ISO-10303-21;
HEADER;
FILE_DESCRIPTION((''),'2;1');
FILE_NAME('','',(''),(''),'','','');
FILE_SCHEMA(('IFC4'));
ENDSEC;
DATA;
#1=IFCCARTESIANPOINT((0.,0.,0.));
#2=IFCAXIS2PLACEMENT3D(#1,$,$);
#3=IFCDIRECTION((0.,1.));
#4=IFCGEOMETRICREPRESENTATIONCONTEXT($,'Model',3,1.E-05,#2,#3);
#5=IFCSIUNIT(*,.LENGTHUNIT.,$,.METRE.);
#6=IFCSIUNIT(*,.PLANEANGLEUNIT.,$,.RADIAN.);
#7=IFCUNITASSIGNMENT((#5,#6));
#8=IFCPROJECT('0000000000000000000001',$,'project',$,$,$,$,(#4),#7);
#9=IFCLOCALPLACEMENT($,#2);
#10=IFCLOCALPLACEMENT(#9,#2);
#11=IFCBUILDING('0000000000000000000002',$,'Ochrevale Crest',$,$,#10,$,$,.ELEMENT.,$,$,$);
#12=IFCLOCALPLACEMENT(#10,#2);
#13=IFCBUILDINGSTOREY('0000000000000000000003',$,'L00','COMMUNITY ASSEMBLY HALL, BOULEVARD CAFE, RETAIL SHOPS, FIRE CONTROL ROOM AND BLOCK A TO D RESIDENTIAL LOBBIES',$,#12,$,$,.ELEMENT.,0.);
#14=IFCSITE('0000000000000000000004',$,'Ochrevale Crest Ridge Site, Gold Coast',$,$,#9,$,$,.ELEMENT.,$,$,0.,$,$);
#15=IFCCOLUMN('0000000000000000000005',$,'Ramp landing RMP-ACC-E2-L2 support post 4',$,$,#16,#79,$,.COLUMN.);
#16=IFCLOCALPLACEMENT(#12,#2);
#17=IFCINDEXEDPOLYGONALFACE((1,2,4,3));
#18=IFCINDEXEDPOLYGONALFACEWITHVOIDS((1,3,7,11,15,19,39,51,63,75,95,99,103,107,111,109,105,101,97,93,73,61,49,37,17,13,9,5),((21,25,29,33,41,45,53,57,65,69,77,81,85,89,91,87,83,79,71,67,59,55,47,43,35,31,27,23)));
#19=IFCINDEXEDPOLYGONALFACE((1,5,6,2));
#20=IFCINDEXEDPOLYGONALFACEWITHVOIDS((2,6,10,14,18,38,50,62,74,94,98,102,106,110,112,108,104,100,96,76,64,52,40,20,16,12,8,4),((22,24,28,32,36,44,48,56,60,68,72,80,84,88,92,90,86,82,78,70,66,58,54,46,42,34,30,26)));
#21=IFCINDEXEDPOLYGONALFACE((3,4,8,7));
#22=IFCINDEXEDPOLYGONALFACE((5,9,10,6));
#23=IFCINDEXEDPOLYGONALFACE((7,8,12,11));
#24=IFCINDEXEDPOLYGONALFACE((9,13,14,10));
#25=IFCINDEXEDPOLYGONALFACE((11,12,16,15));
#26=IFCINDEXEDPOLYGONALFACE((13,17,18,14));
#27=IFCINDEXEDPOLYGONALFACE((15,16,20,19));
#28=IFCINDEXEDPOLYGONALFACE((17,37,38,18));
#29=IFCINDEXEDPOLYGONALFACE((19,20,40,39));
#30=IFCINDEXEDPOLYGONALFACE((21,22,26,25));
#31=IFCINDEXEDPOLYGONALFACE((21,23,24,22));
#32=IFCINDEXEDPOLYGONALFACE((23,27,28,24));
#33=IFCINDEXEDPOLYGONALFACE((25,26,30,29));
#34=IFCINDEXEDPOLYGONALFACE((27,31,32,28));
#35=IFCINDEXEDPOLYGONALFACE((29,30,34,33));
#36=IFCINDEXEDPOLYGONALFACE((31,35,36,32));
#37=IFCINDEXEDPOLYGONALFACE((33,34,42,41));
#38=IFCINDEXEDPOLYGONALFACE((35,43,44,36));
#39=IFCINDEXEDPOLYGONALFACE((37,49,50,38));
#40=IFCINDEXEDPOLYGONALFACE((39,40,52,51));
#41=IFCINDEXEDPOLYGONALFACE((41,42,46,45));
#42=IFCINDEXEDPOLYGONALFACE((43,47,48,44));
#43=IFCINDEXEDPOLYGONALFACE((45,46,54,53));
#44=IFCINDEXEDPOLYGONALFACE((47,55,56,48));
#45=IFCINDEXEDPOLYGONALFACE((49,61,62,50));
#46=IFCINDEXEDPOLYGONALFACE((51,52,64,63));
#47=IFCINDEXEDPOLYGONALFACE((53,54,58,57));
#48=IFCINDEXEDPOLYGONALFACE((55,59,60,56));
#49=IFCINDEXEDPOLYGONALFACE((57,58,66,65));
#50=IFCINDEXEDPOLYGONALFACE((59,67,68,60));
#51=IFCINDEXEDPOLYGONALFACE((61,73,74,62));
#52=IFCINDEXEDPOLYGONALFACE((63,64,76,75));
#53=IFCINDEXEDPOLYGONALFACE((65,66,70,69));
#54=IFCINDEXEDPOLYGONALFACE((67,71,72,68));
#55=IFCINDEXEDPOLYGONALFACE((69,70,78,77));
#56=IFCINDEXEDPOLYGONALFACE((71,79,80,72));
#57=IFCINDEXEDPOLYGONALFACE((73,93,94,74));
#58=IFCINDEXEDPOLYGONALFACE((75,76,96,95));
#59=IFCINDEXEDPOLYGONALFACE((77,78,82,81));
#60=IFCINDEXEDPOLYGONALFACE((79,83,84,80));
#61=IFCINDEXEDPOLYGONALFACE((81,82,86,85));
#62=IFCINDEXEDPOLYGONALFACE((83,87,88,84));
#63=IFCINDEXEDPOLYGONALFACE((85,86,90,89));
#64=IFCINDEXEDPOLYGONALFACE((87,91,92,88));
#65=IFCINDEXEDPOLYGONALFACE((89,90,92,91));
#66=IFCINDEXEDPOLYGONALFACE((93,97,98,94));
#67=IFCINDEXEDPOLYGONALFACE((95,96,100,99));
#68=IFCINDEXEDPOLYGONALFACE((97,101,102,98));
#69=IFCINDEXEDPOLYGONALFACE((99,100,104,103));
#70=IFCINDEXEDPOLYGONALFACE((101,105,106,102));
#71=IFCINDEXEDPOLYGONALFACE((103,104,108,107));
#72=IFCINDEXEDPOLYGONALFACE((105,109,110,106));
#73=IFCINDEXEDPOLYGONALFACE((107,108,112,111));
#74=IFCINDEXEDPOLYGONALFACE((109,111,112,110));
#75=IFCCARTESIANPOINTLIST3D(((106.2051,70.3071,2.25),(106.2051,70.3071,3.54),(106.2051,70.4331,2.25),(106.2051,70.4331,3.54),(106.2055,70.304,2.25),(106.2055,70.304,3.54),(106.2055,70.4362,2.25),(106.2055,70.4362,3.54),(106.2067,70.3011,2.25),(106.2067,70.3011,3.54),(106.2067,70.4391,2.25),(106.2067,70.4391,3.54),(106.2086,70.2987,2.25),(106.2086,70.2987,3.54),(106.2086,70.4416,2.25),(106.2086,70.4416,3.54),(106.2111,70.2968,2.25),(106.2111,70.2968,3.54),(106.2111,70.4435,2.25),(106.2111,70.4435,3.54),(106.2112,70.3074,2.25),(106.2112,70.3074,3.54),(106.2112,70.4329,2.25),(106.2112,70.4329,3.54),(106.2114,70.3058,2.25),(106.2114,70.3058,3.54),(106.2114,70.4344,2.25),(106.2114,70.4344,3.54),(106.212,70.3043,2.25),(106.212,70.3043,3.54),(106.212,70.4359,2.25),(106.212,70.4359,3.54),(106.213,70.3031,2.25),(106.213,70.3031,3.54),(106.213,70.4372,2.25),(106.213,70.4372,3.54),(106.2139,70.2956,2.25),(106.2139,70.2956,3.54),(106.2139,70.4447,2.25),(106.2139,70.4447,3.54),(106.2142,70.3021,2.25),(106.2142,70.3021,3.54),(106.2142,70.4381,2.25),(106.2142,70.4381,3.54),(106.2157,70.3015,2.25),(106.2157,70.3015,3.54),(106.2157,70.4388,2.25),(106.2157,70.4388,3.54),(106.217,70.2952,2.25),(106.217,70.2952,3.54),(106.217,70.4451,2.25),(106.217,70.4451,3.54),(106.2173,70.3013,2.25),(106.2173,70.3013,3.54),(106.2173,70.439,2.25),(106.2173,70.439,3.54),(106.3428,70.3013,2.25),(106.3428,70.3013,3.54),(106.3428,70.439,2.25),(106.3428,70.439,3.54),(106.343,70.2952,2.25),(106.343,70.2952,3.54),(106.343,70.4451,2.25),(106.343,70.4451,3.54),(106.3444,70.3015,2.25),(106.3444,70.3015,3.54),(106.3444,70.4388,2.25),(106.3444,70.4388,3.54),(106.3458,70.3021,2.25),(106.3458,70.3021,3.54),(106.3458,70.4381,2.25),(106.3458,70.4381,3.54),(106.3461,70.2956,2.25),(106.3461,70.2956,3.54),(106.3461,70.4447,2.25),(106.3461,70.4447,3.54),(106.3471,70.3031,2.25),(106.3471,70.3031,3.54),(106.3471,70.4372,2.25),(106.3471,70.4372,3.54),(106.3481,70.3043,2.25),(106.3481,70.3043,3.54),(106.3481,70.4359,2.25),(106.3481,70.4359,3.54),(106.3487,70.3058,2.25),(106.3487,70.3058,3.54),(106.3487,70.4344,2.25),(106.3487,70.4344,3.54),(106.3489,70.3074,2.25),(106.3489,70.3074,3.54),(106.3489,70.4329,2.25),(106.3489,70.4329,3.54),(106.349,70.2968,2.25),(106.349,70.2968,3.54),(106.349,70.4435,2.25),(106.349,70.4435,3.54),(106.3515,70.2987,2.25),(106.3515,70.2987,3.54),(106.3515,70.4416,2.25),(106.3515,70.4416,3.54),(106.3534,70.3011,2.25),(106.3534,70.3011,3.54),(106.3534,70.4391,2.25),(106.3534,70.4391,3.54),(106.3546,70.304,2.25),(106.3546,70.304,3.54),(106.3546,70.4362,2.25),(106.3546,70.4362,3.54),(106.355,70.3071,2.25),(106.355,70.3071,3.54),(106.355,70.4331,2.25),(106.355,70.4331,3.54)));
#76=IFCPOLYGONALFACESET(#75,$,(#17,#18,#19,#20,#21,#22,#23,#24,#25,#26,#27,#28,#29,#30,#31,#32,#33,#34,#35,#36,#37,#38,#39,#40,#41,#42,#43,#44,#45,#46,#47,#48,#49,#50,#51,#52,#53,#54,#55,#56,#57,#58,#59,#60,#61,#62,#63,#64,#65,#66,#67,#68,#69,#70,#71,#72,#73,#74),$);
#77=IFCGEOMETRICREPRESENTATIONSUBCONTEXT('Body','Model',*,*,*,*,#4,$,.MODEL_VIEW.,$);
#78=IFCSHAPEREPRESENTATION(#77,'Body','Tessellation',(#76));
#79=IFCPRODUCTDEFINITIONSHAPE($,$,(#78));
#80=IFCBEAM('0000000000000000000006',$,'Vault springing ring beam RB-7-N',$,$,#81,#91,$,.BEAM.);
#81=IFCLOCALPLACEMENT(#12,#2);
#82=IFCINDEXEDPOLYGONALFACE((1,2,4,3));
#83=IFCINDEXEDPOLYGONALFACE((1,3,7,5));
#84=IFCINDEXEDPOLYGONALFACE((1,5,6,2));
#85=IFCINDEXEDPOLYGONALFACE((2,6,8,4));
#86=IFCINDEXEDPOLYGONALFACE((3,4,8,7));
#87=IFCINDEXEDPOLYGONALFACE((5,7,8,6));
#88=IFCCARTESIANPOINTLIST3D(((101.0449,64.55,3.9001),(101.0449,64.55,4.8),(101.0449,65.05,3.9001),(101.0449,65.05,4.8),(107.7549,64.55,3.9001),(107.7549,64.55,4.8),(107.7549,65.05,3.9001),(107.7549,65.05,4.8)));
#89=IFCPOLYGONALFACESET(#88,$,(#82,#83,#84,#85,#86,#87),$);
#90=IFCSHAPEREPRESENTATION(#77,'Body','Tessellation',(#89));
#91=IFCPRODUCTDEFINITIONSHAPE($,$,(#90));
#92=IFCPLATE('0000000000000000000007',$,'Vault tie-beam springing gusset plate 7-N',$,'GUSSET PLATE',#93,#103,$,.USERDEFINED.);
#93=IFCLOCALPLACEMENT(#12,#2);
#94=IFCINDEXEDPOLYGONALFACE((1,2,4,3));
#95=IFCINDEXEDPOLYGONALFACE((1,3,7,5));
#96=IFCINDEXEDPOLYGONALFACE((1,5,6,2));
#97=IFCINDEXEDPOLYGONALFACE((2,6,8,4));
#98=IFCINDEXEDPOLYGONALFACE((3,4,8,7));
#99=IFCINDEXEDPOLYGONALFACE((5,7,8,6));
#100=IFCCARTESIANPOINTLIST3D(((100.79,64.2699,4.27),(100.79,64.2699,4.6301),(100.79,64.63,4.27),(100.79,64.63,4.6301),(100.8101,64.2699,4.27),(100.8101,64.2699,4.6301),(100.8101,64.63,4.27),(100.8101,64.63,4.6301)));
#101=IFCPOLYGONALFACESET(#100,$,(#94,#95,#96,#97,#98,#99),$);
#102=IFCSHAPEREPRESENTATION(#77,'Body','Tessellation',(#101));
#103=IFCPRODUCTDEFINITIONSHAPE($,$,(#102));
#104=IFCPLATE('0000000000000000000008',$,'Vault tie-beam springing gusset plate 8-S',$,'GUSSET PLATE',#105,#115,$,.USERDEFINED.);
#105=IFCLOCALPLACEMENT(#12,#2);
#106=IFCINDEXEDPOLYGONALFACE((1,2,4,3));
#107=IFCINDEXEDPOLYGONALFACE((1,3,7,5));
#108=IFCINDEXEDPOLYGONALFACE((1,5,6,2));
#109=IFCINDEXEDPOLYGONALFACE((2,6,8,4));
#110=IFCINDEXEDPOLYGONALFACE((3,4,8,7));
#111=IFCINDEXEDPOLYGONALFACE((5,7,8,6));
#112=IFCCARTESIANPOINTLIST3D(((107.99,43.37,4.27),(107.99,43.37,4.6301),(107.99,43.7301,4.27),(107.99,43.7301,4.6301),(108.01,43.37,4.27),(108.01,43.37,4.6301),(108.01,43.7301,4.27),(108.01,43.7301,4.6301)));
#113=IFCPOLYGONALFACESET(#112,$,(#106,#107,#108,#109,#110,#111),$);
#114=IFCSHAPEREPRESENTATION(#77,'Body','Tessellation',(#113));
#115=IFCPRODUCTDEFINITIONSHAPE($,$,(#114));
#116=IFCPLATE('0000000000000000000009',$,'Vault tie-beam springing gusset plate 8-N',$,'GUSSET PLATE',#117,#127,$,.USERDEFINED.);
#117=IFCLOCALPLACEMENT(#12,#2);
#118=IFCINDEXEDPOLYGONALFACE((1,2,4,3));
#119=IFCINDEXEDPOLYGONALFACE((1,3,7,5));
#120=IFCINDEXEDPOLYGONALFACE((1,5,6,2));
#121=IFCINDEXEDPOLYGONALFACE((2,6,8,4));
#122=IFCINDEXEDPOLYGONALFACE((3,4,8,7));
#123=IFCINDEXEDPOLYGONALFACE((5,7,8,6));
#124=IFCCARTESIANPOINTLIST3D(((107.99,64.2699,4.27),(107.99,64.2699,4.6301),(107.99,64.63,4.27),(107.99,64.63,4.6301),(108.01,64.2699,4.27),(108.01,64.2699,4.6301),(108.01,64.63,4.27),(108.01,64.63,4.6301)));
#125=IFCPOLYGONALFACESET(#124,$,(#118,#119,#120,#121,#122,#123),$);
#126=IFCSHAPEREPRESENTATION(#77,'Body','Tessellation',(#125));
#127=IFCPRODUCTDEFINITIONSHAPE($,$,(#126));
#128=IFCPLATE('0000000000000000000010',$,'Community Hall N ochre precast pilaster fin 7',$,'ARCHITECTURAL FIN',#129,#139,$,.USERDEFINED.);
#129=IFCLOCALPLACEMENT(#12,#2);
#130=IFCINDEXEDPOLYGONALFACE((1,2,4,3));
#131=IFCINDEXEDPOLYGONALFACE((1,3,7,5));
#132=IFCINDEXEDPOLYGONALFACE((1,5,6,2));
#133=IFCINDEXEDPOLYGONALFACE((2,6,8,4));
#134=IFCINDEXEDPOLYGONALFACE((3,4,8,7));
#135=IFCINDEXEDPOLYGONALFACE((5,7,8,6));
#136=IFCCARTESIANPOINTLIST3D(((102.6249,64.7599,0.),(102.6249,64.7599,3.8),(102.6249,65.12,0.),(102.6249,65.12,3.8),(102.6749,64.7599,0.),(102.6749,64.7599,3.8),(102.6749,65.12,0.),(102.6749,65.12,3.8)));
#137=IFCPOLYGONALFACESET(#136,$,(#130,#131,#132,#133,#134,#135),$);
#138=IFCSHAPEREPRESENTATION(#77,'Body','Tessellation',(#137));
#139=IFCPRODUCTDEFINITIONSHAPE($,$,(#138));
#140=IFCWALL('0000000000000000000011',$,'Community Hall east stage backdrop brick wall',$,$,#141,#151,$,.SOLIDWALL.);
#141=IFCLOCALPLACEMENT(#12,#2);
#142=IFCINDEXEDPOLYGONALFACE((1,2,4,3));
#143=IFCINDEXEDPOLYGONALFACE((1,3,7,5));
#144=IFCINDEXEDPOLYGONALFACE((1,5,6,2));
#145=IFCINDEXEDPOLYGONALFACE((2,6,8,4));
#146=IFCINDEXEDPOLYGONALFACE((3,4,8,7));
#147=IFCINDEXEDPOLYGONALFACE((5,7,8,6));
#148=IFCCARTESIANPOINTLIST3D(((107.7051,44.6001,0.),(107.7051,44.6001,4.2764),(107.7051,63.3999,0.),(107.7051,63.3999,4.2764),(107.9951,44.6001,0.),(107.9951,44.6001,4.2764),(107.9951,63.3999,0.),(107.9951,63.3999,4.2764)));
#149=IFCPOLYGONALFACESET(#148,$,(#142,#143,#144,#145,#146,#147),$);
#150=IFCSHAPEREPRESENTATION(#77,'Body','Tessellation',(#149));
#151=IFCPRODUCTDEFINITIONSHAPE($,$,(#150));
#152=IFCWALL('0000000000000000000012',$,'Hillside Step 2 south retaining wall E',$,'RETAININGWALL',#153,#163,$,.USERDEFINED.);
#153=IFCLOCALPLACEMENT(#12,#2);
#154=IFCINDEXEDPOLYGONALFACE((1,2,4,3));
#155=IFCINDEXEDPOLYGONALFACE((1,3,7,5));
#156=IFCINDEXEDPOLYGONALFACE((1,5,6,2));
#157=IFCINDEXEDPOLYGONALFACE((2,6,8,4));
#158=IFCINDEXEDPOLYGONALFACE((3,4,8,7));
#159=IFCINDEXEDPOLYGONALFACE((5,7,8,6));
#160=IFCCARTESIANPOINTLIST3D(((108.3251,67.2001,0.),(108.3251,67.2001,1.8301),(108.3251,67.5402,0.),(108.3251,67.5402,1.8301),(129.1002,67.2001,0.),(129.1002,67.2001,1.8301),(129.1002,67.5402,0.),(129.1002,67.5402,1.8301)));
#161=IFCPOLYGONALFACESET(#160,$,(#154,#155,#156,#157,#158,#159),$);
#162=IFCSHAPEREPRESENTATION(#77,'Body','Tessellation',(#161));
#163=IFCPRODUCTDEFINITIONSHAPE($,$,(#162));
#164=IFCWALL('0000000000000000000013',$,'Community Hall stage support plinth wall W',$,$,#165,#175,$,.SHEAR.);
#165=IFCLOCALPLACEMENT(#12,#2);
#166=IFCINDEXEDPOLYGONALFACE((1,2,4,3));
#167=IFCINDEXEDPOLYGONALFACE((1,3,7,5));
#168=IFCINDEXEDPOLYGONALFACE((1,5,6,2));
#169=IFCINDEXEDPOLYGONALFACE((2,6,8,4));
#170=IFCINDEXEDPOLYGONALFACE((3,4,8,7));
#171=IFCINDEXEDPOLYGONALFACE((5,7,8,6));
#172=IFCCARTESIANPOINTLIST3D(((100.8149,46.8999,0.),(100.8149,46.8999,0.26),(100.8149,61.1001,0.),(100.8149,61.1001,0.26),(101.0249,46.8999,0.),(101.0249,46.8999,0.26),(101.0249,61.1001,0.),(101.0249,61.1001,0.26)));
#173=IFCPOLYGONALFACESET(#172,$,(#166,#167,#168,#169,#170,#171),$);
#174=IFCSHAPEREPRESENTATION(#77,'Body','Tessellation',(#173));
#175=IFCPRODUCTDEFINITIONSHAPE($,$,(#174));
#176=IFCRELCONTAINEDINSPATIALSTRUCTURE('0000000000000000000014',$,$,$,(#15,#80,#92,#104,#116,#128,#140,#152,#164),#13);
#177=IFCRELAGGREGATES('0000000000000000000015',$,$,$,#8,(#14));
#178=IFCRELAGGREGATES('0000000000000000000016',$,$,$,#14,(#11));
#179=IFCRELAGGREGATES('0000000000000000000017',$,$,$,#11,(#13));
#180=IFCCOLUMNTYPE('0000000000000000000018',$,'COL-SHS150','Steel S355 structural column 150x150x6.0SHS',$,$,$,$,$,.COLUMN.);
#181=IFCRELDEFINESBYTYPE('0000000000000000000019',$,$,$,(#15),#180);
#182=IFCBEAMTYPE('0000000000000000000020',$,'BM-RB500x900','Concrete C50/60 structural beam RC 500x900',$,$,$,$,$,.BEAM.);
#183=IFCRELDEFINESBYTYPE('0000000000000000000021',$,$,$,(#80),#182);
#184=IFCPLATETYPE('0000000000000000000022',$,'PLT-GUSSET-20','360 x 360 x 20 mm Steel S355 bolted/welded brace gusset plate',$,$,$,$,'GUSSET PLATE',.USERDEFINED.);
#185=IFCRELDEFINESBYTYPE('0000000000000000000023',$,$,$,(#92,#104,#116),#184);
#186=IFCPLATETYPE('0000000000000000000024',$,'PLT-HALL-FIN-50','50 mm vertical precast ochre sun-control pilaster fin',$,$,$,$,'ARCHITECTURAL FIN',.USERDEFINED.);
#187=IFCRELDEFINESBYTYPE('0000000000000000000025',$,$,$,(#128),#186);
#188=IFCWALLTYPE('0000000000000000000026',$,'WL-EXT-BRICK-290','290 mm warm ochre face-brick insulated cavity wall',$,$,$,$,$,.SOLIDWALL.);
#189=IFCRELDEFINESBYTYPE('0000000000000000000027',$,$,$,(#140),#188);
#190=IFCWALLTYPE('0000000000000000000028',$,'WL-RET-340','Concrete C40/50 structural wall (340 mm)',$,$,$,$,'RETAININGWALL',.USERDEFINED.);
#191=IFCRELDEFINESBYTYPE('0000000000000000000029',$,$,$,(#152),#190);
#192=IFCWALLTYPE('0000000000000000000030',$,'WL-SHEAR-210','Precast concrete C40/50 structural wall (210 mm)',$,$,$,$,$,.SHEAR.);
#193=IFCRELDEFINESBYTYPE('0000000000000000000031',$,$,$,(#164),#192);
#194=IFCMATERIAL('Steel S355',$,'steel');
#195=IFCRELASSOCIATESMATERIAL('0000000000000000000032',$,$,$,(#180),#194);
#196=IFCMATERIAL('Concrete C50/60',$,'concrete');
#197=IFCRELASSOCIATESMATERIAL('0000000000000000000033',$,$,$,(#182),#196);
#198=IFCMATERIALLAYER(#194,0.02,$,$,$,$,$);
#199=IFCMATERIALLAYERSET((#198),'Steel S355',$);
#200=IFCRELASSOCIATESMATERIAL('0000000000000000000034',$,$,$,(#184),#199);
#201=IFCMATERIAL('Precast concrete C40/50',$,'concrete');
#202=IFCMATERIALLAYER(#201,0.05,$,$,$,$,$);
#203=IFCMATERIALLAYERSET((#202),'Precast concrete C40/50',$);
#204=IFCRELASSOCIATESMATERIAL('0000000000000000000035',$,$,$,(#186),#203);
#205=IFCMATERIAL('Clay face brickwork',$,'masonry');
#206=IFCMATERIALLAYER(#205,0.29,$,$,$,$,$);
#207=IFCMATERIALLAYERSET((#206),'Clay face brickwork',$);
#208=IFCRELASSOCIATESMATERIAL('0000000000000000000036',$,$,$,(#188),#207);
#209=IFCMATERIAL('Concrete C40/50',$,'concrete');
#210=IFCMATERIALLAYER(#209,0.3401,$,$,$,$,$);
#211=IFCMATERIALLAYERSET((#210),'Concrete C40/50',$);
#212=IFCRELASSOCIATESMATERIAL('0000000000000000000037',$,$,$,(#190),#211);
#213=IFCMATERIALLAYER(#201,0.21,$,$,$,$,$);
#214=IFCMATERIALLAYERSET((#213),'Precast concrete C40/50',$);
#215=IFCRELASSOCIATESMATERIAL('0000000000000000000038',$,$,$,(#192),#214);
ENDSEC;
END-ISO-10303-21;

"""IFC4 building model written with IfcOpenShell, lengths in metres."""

from ifc_helpers import new_model, si_unit, direction, frame, frame_2d, origin, origin_2d, place, context, subcontext, project, spatial, rectangle, hollow_rectangle, extrude, material, layer, layer_set, material_profile, profile_set, type_object, element, save


model = new_model("IFC4")

# Units and contexts
model_context = context("Model", 3, precision=1e-05, world=origin(), true_north=direction((0.0, 1.0)))
body_context = subcontext(model_context, "Body", "Model", "MODEL_VIEW")
ifc_project = project(units=[si_unit("LENGTHUNIT", "METRE"), si_unit("PLANEANGLEUNIT", "RADIAN")], contexts=[model_context])

# Site, building, storey
site_placement = place(None, origin())
site = spatial("IfcSite", under=ifc_project, at=site_placement, Name="Ochrevale Crest Ridge Site, Gold Coast", CompositionType="ELEMENT", RefElevation=0.0)
building_placement = place(site_placement, origin())
building = spatial("IfcBuilding", under=site, at=building_placement, Name="Ochrevale Crest", CompositionType="ELEMENT")
storey_placement = place(building_placement, origin())
storey = spatial("IfcBuildingStorey", under=building, at=storey_placement, Name="L00", Description="COMMUNITY ASSEMBLY HALL, BOULEVARD CAFE, RETAIL SHOPS, FIRE CONTROL ROOM AND BLOCK A TO D RESIDENTIAL LOBBIES", CompositionType="ELEMENT", Elevation=0.0)

# Column
ifc_material_1 = material(Name="Precast concrete C40/50", Category="concrete")
ifc_material_2 = material(Name="Steel S355", Category="steel")
ifc_material_profile_1 = material_profile(ifc_material_2, hollow_rectangle(XDim=0.1499, YDim=0.1499, WallThickness=0.0061, InnerFilletRadius=0.0061, OuterFilletRadius=0.012, at=origin_2d()), Name="150x150x6.0SHS")
ifc_profile_set_1 = profile_set([ifc_material_profile_1], Name="Steel S355")
column_type_1 = type_object("IfcColumnType", Name="COL-SHS150", Description="Steel S355 structural column 150x150x6.0SHS", PredefinedType="COLUMN", material=ifc_profile_set_1)
for number, where, z_axis, x_axis, name in (
    (1, (106.28, 70.3701, 2.25), (0.0, 0.0, 1.0), (1.0, 0.0, 0.0), "Ramp landing RMP-ACC-E2-L2 support post 4"),
):
    element("IfcColumn", number, at=place(storey_placement, frame(where, z_axis=z_axis, x_axis=x_axis)), inside=storey, type_object=column_type_1, Name=name, PredefinedType="COLUMN", context=body_context, shape_type="SweptSolid", body=[
        extrude(hollow_rectangle(XDim=0.1499, YDim=0.1499, WallThickness=0.0061, InnerFilletRadius=0.0061, OuterFilletRadius=0.012, at=origin_2d()), origin(), (0.0, 0.0, 1.0), 1.29),
    ])

# Beam
ifc_material_3 = material(Name="Concrete C50/60", Category="concrete")
ifc_material_profile_2 = material_profile(ifc_material_3, rectangle(XDim=0.5, YDim=0.8999, at=origin_2d()), Name="RC 500x900")
ifc_profile_set_2 = profile_set([ifc_material_profile_2], Name="Concrete C50/60")
beam_type = type_object("IfcBeamType", Name="BM-RB500x900", Description="Concrete C50/60 structural beam RC 500x900", PredefinedType="BEAM", material=ifc_profile_set_2)
beam_placement = place(storey_placement, frame((101.0449, 64.8, 4.3501), z_axis=(1.0, 0.0, 0.0), x_axis=(0.0, 1.0, 0.0)))
element("IfcBeam", 2, at=beam_placement, inside=storey, type_object=beam_type, Name="Vault springing ring beam RB-7-N", PredefinedType="BEAM", context=body_context, shape_type="SweptSolid", body=[
    extrude(rectangle(XDim=0.5, YDim=0.8999, at=origin_2d()), origin(), (0.0, 0.0, 1.0), 6.71),
])

# Plates
ifc_layer_1 = layer(ifc_material_2, 0.02)
ifc_layer_set_1 = layer_set([ifc_layer_1], Name="Steel S355")
plate_type_1 = type_object("IfcPlateType", Name="PLT-GUSSET-20", Description="360 x 360 x 20 mm Steel S355 bolted/welded brace gusset plate", ElementType="GUSSET PLATE", PredefinedType="USERDEFINED", material=ifc_layer_set_1)
for number, where, z_axis, x_axis, name in (
    (3, (100.8, 64.45, 4.27), (0.0, 0.0, 1.0), (1.0, 0.0, 0.0), "Vault tie-beam springing gusset plate 7-N"),
    (4, (108.0, 43.55, 4.27), (0.0, 0.0, 1.0), (1.0, 0.0, 0.0), "Vault tie-beam springing gusset plate 8-S"),
    (5, (108.0, 64.45, 4.27), (0.0, 0.0, 1.0), (1.0, 0.0, 0.0), "Vault tie-beam springing gusset plate 8-N"),
):
    element("IfcPlate", number, at=place(storey_placement, frame(where, z_axis=z_axis, x_axis=x_axis)), inside=storey, type_object=plate_type_1, Name=name, ObjectType="GUSSET PLATE", PredefinedType="USERDEFINED", context=body_context, shape_type="SweptSolid", body=[
        extrude(rectangle(XDim=0.02, YDim=0.3601, at=origin_2d()), origin(), (0.0, 0.0, 1.0), 0.3601),
    ])
ifc_layer_2 = layer(ifc_material_1, 0.05)
ifc_layer_set_2 = layer_set([ifc_layer_2], Name="Precast concrete C40/50")
plate_type_2 = type_object("IfcPlateType", Name="PLT-HALL-FIN-50", Description="50 mm vertical precast ochre sun-control pilaster fin", ElementType="ARCHITECTURAL FIN", PredefinedType="USERDEFINED", material=ifc_layer_set_2)
plate_placement = place(storey_placement, frame((102.6499, 64.9399, 0.0), z_axis=(0.0, 0.0, 1.0), x_axis=(1.0, 0.0, 0.0)))
element("IfcPlate", 6, at=plate_placement, inside=storey, type_object=plate_type_2, Name="Community Hall N ochre precast pilaster fin 7", ObjectType="ARCHITECTURAL FIN", PredefinedType="USERDEFINED", context=body_context, shape_type="SweptSolid", body=[
    extrude(rectangle(XDim=0.05, YDim=0.3601, at=origin_2d()), origin(), (0.0, 0.0, 1.0), 3.8),
])

# Walls
ifc_material_4 = material(Name="Clay face brickwork", Category="masonry")
ifc_layer_3 = layer(ifc_material_4, 0.29)
ifc_layer_set_3 = layer_set([ifc_layer_3], Name="Clay face brickwork")
wall_type_1 = type_object("IfcWallType", Name="WL-EXT-BRICK-290", Description="290 mm warm ochre face-brick insulated cavity wall", PredefinedType="SOLIDWALL", material=ifc_layer_set_3)
wall_1_placement = place(storey_placement, frame((107.8501, 44.6001, 0.0), z_axis=(0.0, 0.0, 1.0), x_axis=(0.0, 1.0, 0.0)))
element("IfcWall", 7, at=wall_1_placement, inside=storey, type_object=wall_type_1, Name="Community Hall east stage backdrop brick wall", PredefinedType="SOLIDWALL", context=body_context, shape_type="SweptSolid", body=[
    extrude(rectangle(XDim=18.7998, YDim=0.29, at=frame_2d((9.3999, 0.0))), origin(), (0.0, 0.0, 1.0), 4.2764),
])
ifc_material_5 = material(Name="Concrete C40/50", Category="concrete")
ifc_layer_4 = layer(ifc_material_5, 0.3401)
ifc_layer_set_4 = layer_set([ifc_layer_4], Name="Concrete C40/50")
wall_type_2 = type_object("IfcWallType", Name="WL-RET-340", Description="Concrete C40/50 structural wall (340 mm)", ElementType="RETAININGWALL", PredefinedType="USERDEFINED", material=ifc_layer_set_4)
wall_2_placement = place(storey_placement, frame((108.325, 67.3701, 0.0), z_axis=(0.0, 0.0, 1.0), x_axis=(1.0, 0.0, 0.0)))
element("IfcWall", 8, at=wall_2_placement, inside=storey, type_object=wall_type_2, Name="Hillside Step 2 south retaining wall E", ObjectType="RETAININGWALL", PredefinedType="USERDEFINED", context=body_context, shape_type="SweptSolid", body=[
    extrude(rectangle(XDim=20.7751, YDim=0.3401, at=frame_2d((10.3877, 0.0))), origin(), (0.0, 0.0, 1.0), 1.8301),
])
ifc_layer_5 = layer(ifc_material_1, 0.21)
ifc_layer_set_5 = layer_set([ifc_layer_5], Name="Precast concrete C40/50")
wall_type_3 = type_object("IfcWallType", Name="WL-SHEAR-210", Description="Precast concrete C40/50 structural wall (210 mm)", PredefinedType="SHEAR", material=ifc_layer_set_5)
wall_3_placement = place(storey_placement, frame((100.9199, 46.8999, 0.0), z_axis=(0.0, 0.0, 1.0), x_axis=(0.0, 1.0, 0.0)))
element("IfcWall", 9, at=wall_3_placement, inside=storey, type_object=wall_type_3, Name="Community Hall stage support plinth wall W", PredefinedType="SHEAR", context=body_context, shape_type="SweptSolid", body=[
    extrude(rectangle(XDim=14.2002, YDim=0.21, at=frame_2d((7.1001, 0.0))), origin(), (0.0, 0.0, 1.0), 0.26),
])

save(model, "model.ifc")
